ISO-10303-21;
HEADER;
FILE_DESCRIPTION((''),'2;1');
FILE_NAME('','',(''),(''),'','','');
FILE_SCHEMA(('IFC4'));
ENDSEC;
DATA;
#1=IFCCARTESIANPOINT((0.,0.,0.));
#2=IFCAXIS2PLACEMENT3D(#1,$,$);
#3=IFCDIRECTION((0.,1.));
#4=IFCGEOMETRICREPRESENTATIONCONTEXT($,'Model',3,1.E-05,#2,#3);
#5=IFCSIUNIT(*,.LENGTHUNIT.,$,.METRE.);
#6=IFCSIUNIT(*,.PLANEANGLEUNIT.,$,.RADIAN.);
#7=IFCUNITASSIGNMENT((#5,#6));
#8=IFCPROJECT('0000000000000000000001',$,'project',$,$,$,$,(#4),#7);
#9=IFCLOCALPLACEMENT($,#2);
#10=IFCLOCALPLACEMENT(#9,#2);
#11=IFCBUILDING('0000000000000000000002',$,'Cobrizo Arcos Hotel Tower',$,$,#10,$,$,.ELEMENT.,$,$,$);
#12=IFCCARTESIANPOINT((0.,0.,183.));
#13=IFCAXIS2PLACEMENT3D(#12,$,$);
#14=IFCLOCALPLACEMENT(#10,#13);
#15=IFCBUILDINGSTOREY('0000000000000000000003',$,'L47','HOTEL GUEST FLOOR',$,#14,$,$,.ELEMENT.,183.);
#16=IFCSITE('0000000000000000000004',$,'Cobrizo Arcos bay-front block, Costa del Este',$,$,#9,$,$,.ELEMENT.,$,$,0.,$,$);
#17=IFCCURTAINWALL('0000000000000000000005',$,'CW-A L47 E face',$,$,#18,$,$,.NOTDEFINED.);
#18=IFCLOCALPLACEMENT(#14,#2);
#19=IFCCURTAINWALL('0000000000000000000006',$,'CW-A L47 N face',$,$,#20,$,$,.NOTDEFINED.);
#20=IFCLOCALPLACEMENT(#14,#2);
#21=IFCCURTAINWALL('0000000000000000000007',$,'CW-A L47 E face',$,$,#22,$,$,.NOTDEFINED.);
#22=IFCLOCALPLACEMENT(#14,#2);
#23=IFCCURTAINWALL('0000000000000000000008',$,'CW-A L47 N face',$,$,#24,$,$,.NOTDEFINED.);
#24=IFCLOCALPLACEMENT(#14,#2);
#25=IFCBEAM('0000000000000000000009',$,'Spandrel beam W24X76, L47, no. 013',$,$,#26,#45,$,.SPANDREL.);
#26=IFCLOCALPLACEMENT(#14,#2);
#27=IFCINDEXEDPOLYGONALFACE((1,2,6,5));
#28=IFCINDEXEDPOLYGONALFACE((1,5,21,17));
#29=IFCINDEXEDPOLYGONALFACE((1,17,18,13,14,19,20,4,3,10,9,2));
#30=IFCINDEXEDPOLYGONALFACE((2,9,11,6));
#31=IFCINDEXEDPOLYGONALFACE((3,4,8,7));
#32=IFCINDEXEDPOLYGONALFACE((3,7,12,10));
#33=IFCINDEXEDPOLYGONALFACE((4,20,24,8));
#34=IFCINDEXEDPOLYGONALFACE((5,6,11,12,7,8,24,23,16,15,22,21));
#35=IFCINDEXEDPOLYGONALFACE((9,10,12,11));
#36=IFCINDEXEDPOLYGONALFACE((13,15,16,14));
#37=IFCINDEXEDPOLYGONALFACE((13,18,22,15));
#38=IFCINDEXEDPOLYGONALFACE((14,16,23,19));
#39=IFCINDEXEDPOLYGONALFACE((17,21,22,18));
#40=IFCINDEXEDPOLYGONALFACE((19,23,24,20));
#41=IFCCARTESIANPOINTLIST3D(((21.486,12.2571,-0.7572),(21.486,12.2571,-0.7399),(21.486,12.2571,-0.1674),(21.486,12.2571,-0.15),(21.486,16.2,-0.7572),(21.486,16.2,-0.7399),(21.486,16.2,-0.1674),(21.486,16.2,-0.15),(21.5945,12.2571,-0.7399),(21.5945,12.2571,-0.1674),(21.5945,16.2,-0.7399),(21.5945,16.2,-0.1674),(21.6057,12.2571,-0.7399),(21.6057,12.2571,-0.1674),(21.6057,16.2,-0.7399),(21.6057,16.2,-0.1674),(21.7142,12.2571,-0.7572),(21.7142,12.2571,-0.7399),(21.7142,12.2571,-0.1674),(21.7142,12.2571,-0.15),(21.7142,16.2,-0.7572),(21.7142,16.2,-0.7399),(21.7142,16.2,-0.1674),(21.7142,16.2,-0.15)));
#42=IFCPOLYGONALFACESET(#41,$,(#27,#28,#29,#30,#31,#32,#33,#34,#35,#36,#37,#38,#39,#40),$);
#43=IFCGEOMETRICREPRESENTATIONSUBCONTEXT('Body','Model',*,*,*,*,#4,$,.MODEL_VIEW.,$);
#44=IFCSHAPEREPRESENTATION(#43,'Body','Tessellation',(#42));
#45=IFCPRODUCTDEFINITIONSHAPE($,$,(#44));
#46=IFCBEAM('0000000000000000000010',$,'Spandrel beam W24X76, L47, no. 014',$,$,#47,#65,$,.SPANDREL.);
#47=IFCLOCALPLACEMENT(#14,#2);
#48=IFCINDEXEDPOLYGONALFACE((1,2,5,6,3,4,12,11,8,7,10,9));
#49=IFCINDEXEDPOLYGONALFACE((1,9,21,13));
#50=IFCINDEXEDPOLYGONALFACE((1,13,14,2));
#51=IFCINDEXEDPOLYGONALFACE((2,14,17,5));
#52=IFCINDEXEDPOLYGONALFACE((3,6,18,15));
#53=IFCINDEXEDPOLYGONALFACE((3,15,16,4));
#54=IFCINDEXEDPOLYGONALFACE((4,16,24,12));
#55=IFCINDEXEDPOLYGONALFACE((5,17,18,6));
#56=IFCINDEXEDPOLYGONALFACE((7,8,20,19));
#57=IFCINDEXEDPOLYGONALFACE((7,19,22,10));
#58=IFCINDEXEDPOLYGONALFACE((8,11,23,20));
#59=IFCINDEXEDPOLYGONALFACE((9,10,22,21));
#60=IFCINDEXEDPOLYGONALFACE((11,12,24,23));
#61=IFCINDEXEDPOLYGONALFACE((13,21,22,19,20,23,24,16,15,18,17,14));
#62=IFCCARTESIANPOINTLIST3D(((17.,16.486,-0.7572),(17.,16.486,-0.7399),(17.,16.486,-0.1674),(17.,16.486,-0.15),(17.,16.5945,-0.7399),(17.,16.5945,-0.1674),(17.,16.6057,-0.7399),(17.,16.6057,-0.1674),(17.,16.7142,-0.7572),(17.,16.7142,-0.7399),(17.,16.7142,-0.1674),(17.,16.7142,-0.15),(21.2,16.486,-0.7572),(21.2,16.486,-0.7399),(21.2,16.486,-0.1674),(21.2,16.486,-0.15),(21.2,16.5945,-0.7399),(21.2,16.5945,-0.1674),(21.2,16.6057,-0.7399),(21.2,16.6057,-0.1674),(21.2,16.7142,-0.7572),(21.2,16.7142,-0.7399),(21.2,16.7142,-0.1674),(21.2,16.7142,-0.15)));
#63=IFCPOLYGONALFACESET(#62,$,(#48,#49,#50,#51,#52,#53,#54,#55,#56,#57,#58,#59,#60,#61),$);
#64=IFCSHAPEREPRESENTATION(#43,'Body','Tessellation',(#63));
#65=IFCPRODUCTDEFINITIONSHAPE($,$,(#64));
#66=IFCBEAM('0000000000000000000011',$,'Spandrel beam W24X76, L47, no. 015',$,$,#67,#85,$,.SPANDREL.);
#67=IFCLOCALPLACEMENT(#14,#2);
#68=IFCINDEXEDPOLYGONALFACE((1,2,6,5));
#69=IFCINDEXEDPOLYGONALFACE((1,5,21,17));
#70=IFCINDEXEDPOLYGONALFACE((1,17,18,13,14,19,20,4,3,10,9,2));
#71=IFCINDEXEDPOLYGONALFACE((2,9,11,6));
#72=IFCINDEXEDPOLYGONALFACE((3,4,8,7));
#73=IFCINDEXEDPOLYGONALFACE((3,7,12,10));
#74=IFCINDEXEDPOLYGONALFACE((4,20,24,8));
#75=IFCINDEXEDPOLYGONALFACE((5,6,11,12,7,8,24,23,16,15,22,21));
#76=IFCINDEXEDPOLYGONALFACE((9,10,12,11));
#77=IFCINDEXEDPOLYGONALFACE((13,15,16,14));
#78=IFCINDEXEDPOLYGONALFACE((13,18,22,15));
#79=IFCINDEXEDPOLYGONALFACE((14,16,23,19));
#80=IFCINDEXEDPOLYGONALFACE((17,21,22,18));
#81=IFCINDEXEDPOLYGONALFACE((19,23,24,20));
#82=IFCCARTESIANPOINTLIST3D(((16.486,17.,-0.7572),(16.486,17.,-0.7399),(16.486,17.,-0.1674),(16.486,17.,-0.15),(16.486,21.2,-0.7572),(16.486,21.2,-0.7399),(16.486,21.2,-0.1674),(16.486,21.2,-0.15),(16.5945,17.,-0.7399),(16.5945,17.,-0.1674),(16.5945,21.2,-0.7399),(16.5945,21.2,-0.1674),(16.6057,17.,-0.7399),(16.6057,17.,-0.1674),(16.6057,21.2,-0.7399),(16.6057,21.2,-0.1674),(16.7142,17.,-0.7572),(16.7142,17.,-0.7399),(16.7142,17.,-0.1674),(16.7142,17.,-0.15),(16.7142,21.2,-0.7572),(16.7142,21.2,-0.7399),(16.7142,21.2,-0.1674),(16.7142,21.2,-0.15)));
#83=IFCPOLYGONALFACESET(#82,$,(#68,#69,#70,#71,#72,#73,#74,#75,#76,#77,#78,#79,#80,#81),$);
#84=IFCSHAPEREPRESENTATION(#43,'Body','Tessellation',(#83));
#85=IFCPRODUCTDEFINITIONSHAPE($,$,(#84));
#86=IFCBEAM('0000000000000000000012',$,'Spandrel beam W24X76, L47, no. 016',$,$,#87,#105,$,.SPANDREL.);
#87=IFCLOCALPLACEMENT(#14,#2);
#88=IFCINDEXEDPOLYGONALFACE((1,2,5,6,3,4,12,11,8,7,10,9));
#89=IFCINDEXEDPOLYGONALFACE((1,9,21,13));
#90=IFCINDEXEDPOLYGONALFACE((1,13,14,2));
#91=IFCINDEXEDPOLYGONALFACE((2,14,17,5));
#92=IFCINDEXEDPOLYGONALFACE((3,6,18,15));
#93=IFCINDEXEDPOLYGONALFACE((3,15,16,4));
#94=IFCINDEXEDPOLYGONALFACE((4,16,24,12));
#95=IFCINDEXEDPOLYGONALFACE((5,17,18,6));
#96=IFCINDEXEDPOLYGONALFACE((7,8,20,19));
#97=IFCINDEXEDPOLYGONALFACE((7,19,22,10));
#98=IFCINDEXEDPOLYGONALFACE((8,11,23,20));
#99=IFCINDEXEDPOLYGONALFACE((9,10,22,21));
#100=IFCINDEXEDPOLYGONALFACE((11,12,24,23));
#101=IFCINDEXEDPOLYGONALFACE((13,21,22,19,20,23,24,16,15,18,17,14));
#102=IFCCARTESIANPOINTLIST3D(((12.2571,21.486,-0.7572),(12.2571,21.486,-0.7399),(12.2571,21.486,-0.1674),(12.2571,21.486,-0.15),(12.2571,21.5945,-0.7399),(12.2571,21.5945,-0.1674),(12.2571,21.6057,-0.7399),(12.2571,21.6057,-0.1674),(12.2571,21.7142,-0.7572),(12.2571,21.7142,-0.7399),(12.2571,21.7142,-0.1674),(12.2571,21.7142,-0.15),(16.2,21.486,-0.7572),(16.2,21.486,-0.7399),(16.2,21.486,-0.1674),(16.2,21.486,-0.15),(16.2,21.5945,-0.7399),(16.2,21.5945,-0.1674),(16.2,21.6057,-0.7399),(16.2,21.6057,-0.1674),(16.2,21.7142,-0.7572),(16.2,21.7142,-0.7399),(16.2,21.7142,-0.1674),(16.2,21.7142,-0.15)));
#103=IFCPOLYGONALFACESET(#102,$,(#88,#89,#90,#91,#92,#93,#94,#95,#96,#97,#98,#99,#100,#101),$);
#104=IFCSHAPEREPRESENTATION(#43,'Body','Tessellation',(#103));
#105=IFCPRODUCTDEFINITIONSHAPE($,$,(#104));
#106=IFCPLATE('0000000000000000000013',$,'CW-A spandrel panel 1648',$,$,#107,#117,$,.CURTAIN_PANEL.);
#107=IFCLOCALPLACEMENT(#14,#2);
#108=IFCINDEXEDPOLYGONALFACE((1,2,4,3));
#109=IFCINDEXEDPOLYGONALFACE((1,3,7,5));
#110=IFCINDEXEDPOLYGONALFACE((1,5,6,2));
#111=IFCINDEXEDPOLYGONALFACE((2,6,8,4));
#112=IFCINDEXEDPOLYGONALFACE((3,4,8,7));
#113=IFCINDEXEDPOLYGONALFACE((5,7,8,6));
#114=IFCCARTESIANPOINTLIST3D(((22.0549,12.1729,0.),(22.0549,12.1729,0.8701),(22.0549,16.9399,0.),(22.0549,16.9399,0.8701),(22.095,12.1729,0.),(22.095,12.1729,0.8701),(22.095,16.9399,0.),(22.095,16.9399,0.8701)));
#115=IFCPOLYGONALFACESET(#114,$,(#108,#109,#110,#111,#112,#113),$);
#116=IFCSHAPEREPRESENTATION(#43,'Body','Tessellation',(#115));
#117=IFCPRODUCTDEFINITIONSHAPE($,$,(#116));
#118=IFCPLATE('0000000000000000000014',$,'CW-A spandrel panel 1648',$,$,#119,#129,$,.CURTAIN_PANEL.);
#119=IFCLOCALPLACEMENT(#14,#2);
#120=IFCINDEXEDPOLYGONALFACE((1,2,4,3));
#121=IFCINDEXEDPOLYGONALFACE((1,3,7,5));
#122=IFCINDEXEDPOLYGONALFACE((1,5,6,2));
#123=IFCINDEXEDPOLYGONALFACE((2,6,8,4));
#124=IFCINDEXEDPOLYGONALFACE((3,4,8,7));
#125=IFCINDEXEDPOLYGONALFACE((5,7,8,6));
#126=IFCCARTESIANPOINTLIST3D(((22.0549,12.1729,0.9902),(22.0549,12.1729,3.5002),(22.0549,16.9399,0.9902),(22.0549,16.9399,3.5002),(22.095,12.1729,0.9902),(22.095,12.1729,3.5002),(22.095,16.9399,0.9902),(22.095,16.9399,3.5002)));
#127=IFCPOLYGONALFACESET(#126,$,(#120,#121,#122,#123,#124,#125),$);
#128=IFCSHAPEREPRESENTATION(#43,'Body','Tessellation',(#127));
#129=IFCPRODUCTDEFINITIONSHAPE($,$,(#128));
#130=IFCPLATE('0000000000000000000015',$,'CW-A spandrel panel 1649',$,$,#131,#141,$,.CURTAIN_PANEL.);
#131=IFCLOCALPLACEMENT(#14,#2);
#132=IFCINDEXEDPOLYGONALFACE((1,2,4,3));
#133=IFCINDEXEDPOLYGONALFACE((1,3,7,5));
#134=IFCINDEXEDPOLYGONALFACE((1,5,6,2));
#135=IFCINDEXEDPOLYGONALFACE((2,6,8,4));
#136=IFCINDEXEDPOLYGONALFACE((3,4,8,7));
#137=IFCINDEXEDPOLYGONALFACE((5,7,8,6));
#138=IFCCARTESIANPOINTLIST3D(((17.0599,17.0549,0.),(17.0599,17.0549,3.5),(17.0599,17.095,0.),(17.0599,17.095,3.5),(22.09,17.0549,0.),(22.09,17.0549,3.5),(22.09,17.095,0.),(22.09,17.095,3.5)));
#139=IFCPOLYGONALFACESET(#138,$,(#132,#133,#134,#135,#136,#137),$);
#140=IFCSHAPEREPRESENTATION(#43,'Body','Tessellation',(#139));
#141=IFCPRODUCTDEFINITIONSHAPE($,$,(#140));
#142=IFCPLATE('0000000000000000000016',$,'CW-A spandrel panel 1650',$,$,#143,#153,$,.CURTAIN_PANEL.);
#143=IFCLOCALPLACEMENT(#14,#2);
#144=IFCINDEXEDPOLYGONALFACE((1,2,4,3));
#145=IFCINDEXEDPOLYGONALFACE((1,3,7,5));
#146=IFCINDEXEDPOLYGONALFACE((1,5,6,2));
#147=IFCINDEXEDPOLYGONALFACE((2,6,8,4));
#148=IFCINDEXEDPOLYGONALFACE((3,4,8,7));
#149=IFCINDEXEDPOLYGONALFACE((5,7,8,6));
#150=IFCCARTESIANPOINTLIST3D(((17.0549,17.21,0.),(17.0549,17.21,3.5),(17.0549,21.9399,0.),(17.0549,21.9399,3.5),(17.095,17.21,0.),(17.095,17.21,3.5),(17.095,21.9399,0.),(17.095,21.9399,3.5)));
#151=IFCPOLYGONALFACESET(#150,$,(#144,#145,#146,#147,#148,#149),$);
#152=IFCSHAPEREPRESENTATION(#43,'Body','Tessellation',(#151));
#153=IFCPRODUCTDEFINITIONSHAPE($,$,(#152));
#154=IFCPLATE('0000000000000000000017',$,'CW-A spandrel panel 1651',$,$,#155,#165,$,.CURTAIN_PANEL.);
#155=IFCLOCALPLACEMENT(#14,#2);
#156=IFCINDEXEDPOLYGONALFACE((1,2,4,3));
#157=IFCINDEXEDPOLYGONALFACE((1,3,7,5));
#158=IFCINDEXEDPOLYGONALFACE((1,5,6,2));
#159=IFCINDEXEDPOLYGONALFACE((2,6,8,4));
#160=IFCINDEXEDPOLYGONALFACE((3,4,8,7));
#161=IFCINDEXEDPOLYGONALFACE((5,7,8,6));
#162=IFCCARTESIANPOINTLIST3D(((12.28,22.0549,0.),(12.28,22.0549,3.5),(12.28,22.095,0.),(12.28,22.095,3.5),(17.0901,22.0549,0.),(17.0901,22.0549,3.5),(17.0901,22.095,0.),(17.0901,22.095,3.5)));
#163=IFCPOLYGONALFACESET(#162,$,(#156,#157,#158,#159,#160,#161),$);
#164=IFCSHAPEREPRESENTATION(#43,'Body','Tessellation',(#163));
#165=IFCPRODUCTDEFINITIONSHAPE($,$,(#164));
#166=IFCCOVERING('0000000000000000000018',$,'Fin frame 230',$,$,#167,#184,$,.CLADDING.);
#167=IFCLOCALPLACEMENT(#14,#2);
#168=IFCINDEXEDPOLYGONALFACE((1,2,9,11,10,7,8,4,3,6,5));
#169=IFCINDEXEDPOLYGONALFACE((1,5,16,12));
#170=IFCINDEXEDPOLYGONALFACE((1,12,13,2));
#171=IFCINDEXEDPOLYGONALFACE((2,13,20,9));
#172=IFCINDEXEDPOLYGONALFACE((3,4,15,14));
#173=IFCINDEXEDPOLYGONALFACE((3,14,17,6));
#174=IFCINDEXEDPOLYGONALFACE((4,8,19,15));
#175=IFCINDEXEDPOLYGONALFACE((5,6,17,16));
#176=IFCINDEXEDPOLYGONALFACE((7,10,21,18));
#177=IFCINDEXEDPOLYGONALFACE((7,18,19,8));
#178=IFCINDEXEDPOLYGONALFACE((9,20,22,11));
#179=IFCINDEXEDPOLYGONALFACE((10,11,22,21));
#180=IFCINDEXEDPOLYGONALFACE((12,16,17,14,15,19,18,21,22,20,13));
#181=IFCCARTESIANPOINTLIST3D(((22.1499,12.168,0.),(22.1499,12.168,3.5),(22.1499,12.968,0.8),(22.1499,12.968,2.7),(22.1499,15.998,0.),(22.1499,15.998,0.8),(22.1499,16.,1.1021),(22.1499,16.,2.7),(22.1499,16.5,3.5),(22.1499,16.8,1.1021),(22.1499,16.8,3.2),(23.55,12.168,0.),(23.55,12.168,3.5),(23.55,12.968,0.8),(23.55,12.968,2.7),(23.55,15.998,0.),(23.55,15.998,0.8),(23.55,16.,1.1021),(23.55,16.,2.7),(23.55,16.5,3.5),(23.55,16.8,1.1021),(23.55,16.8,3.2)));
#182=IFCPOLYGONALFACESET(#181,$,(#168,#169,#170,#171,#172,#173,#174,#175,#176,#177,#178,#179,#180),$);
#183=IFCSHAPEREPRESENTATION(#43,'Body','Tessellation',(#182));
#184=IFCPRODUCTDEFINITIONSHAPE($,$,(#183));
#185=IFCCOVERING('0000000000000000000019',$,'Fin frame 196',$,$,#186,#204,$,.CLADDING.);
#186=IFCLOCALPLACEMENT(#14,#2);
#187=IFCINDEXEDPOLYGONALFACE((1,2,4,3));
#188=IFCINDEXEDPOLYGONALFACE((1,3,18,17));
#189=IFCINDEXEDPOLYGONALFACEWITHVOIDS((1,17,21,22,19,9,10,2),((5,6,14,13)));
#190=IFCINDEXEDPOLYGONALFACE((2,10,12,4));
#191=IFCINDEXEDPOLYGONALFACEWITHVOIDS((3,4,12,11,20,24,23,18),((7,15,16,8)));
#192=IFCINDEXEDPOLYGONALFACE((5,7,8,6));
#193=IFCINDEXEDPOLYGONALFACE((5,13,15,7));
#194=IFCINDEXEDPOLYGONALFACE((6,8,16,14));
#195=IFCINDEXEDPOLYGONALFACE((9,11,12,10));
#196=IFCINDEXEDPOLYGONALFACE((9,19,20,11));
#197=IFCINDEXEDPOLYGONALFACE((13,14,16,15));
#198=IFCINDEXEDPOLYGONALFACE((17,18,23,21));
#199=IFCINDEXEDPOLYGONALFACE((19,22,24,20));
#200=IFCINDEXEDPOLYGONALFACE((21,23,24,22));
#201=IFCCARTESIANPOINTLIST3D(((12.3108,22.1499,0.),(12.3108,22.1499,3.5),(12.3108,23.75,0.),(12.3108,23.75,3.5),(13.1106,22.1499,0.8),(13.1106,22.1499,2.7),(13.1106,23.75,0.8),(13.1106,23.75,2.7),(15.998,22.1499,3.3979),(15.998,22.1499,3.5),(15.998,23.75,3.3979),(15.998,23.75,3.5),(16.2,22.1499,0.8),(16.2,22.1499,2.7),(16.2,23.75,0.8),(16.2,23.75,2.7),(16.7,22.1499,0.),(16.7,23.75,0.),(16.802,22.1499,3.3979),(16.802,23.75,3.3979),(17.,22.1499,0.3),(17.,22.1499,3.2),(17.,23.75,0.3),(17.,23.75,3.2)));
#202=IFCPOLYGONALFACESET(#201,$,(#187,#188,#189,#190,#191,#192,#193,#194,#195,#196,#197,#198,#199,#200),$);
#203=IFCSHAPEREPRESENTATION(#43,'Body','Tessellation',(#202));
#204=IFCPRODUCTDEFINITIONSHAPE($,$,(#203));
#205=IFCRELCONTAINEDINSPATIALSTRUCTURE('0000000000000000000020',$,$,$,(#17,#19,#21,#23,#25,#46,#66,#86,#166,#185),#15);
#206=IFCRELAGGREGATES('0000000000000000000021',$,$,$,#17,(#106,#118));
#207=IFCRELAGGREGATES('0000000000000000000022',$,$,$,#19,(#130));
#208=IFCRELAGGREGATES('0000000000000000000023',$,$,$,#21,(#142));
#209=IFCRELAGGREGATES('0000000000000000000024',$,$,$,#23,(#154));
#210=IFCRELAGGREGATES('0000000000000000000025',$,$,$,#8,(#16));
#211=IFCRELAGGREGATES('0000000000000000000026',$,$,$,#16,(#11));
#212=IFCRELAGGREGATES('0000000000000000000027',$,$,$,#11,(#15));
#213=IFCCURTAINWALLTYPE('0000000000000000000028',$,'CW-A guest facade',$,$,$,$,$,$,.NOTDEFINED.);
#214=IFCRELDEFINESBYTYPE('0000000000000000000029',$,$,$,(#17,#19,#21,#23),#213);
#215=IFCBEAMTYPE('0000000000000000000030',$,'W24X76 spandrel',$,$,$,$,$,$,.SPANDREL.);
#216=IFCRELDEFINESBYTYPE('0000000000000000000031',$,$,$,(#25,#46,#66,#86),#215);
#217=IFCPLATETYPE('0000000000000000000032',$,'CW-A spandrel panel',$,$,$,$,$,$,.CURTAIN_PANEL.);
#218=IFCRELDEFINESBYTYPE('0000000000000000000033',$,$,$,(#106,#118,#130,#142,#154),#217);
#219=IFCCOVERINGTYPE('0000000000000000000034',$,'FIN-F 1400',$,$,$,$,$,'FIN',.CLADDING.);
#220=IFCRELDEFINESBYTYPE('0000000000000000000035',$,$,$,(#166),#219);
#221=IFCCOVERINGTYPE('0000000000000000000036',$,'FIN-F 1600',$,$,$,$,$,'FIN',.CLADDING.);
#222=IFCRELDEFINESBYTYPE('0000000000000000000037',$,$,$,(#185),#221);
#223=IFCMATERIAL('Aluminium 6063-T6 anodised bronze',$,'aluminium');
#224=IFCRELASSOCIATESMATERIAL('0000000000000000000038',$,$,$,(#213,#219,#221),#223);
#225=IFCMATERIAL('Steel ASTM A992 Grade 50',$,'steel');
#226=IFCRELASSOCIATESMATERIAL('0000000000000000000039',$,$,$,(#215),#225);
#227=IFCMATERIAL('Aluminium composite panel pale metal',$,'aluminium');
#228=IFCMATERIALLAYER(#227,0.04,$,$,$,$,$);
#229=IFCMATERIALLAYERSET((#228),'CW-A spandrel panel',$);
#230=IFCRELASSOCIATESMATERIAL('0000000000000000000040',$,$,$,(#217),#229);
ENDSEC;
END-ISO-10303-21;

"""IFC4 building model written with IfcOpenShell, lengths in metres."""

from ifc_helpers import new_model, si_unit, direction, frame, origin, origin_2d, place, context, subcontext, project, spatial, polyline, rectangle, i_section, outline, extrude, material, layer, layer_set, material_profile, profile_set, type_object, element, aggregate, save


model = new_model("IFC4")

# Units and contexts
model_context = context("Model", 3, precision=1e-05, world=origin(), true_north=direction((0.0, 1.0)))
body_context = subcontext(model_context, "Body", "Model", "MODEL_VIEW")
ifc_project = project(units=[si_unit("LENGTHUNIT", "METRE"), si_unit("PLANEANGLEUNIT", "RADIAN")], contexts=[model_context])

# Site, building, storey
site_placement = place(None, origin())
site = spatial("IfcSite", under=ifc_project, at=site_placement, Name="Cobrizo Arcos bay-front block, Costa del Este", CompositionType="ELEMENT", RefElevation=0.0)
building_placement = place(site_placement, origin())
building = spatial("IfcBuilding", under=site, at=building_placement, Name="Cobrizo Arcos Hotel Tower", CompositionType="ELEMENT")
storey_placement = place(building_placement, frame((0.0, 0.0, 183.0)))
storey = spatial("IfcBuildingStorey", under=building, at=storey_placement, Name="L47", Description="HOTEL GUEST FLOOR", CompositionType="ELEMENT", Elevation=183.0)

# Curtain walls
ifc_material_1 = material(Name="Aluminium 6063-T6 anodised bronze", Category="aluminium")
curtain_wall_type = type_object("IfcCurtainWallType", Name="CW-A guest facade", PredefinedType="NOTDEFINED", material=ifc_material_1)
curtain_wall_1_placement = place(storey_placement, origin())
curtain_wall_1 = element("IfcCurtainWall", 1, at=curtain_wall_1_placement, inside=storey, type_object=curtain_wall_type, Name="CW-A L47 E face", PredefinedType="NOTDEFINED")
curtain_wall_2_placement = place(storey_placement, origin())
curtain_wall_2 = element("IfcCurtainWall", 2, at=curtain_wall_2_placement, inside=storey, type_object=curtain_wall_type, Name="CW-A L47 N face", PredefinedType="NOTDEFINED")
curtain_wall_3_placement = place(storey_placement, origin())
curtain_wall_3 = element("IfcCurtainWall", 3, at=curtain_wall_3_placement, inside=storey, type_object=curtain_wall_type, Name="CW-A L47 E face", PredefinedType="NOTDEFINED")

# Curtain wall
curtain_wall_4_placement = place(storey_placement, origin())
curtain_wall_4 = element("IfcCurtainWall", 4, at=curtain_wall_4_placement, inside=storey, type_object=curtain_wall_type, Name="CW-A L47 N face", PredefinedType="NOTDEFINED")

# Beams
ifc_material_2 = material(Name="Steel ASTM A992 Grade 50", Category="steel")
ifc_material_profile_1 = material_profile(ifc_material_2, i_section(OverallWidth=0.2283, OverallDepth=0.6072, WebThickness=0.0112, FlangeThickness=0.0173, at=origin_2d()), Name="W24X76")
ifc_profile_set_1 = profile_set([ifc_material_profile_1], Name="Steel ASTM A992 Grade 50")
beam_type_1 = type_object("IfcBeamType", Name="W24X76 spandrel", PredefinedType="SPANDREL", material=ifc_profile_set_1)
beam_1_placement = place(storey_placement, frame((21.6001, 12.2571, -0.4536), z_axis=(0.0, 1.0, 0.0), x_axis=(-1.0, 0.0, 0.0)))
element("IfcBeam", 5, at=beam_1_placement, inside=storey, type_object=beam_type_1, Name="Spandrel beam W24X76, L47, no. 013", PredefinedType="SPANDREL", context=body_context, shape_type="SweptSolid", body=[
    extrude(i_section(OverallWidth=0.2283, OverallDepth=0.6072, WebThickness=0.0112, FlangeThickness=0.0173, at=origin_2d()), origin(), (0.0, 0.0, 1.0), 3.9429),
])
for number, where, z_axis, x_axis, name in (
    (6, (21.2, 16.6001, -0.4536), (-1.0, 0.0, 0.0), (0.0, -1.0, 0.0), "Spandrel beam W24X76, L47, no. 014"),
    (7, (16.6001, 17.0, -0.4536), (0.0, 1.0, 0.0), (-1.0, 0.0, 0.0), "Spandrel beam W24X76, L47, no. 015"),
):
    element("IfcBeam", number, at=place(storey_placement, frame(where, z_axis=z_axis, x_axis=x_axis)), inside=storey, type_object=beam_type_1, Name=name, PredefinedType="SPANDREL", context=body_context, shape_type="SweptSolid", body=[
        extrude(i_section(OverallWidth=0.2283, OverallDepth=0.6072, WebThickness=0.0112, FlangeThickness=0.0173, at=origin_2d()), origin(), (0.0, 0.0, 1.0), 4.2),
    ])
beam_2_placement = place(storey_placement, frame((16.2, 21.6001, -0.4536), z_axis=(-1.0, 0.0, 0.0), x_axis=(0.0, -1.0, 0.0)))
element("IfcBeam", 8, at=beam_2_placement, inside=storey, type_object=beam_type_1, Name="Spandrel beam W24X76, L47, no. 016", PredefinedType="SPANDREL", context=body_context, shape_type="SweptSolid", body=[
    extrude(i_section(OverallWidth=0.2283, OverallDepth=0.6072, WebThickness=0.0112, FlangeThickness=0.0173, at=origin_2d()), origin(), (0.0, 0.0, 1.0), 3.9429),
])

# Plates
ifc_material_3 = material(Name="Aluminium composite panel pale metal", Category="aluminium")
ifc_layer = layer(ifc_material_3, 0.04)
ifc_layer_set = layer_set([ifc_layer], Name="CW-A spandrel panel")
plate_type = type_object("IfcPlateType", Name="CW-A spandrel panel", PredefinedType="CURTAIN_PANEL", material=ifc_layer_set)
plate_1_placement = place(storey_placement, frame((22.075, 14.5564, 0.0), z_axis=(0.0, 0.0, 1.0), x_axis=(0.0, 1.0, 0.0)))
plate_1 = element("IfcPlate", 9, at=plate_1_placement, type_object=plate_type, Name="CW-A spandrel panel 1648", PredefinedType="CURTAIN_PANEL", context=body_context, shape_type="SweptSolid", body=[
    extrude(rectangle(XDim=4.7671, YDim=0.04, at=origin_2d()), origin(), (0.0, 0.0, 1.0), 0.8701),
])
plate_2_placement = place(storey_placement, frame((22.075, 14.5564, 0.9902), z_axis=(0.0, 0.0, 1.0), x_axis=(0.0, 1.0, 0.0)))
plate_2 = element("IfcPlate", 10, at=plate_2_placement, type_object=plate_type, Name="CW-A spandrel panel 1648", PredefinedType="CURTAIN_PANEL", context=body_context, shape_type="SweptSolid", body=[
    extrude(rectangle(XDim=4.7671, YDim=0.04, at=origin_2d()), origin(), (0.0, 0.0, 1.0), 2.51),
])
aggregate(curtain_wall_1, [plate_1, plate_2])
plate_3_placement = place(storey_placement, frame((19.575, 17.075, 0.0), z_axis=(0.0, 0.0, 1.0), x_axis=(-1.0, 0.0, 0.0)))
plate_3 = element("IfcPlate", 11, at=plate_3_placement, type_object=plate_type, Name="CW-A spandrel panel 1649", PredefinedType="CURTAIN_PANEL", context=body_context, shape_type="SweptSolid", body=[
    extrude(rectangle(XDim=5.03, YDim=0.04, at=origin_2d()), origin(), (0.0, 0.0, 1.0), 3.5),
])
aggregate(curtain_wall_2, [plate_3])
plate_4_placement = place(storey_placement, frame((17.075, 19.575, 0.0), z_axis=(0.0, 0.0, 1.0), x_axis=(0.0, 1.0, 0.0)))
plate_4 = element("IfcPlate", 12, at=plate_4_placement, type_object=plate_type, Name="CW-A spandrel panel 1650", PredefinedType="CURTAIN_PANEL", context=body_context, shape_type="SweptSolid", body=[
    extrude(rectangle(XDim=4.73, YDim=0.04, at=origin_2d()), origin(), (0.0, 0.0, 1.0), 3.5),
])
aggregate(curtain_wall_3, [plate_4])
plate_5_placement = place(storey_placement, frame((14.6851, 22.075, 0.0), z_axis=(0.0, 0.0, 1.0), x_axis=(-1.0, 0.0, 0.0)))
plate_5 = element("IfcPlate", 13, at=plate_5_placement, type_object=plate_type, Name="CW-A spandrel panel 1651", PredefinedType="CURTAIN_PANEL", context=body_context, shape_type="SweptSolid", body=[
    extrude(rectangle(XDim=4.8101, YDim=0.04, at=origin_2d()), origin(), (0.0, 0.0, 1.0), 3.5),
])
aggregate(curtain_wall_4, [plate_5])

# Coverings
covering_type_1 = type_object("IfcCoveringType", Name="FIN-F 1400", ElementType="FIN", PredefinedType="CLADDING", material=ifc_material_1)
covering_1_placement = place(storey_placement, frame((22.1499, 12.168, 0.0), z_axis=(1.0, 0.0, 0.0), x_axis=(0.0, 1.0, 0.0)))
element("IfcCovering", 14, at=covering_1_placement, inside=storey, type_object=covering_type_1, Name="Fin frame 230", PredefinedType="CLADDING", context=body_context, shape_type="SweptSolid", body=[
    extrude(outline(polyline([(0.0, 0.0), (3.8301, 0.0), (3.8301, 0.8), (0.8, 0.8), (0.8, 2.7), (3.832, 2.7), (3.832, 1.1021), (4.6321, 1.1021), (4.6321, 3.2), (4.332, 3.5), (0.0, 3.5), (0.0, 0.0)])), origin(), (0.0, 0.0, 1.0), 1.4001),
])
covering_type_2 = type_object("IfcCoveringType", Name="FIN-F 1600", ElementType="FIN", PredefinedType="CLADDING", material=ifc_material_1)
covering_2_placement = place(storey_placement, frame((17.0, 22.1499, 0.0), z_axis=(0.0, 1.0, 0.0), x_axis=(-1.0, 0.0, 0.0)))
element("IfcCovering", 15, at=covering_2_placement, inside=storey, type_object=covering_type_2, Name="Fin frame 196", PredefinedType="CLADDING", context=body_context, shape_type="SweptSolid", body=[
    extrude(outline(polyline([(4.6892, 3.5), (1.002, 3.5), (1.002, 3.3979), (0.198, 3.3979), (0.0, 3.2), (0.0, 0.3), (0.3, 0.0), (4.6892, 0.0), (4.6892, 3.5)]), holes=[polyline([(3.8894, 0.8), (0.8, 0.8), (0.8, 2.7), (3.8894, 2.7), (3.8894, 0.8)])]), origin(), (0.0, 0.0, 1.0), 1.6001),
])

save(model, "model.ifc")
